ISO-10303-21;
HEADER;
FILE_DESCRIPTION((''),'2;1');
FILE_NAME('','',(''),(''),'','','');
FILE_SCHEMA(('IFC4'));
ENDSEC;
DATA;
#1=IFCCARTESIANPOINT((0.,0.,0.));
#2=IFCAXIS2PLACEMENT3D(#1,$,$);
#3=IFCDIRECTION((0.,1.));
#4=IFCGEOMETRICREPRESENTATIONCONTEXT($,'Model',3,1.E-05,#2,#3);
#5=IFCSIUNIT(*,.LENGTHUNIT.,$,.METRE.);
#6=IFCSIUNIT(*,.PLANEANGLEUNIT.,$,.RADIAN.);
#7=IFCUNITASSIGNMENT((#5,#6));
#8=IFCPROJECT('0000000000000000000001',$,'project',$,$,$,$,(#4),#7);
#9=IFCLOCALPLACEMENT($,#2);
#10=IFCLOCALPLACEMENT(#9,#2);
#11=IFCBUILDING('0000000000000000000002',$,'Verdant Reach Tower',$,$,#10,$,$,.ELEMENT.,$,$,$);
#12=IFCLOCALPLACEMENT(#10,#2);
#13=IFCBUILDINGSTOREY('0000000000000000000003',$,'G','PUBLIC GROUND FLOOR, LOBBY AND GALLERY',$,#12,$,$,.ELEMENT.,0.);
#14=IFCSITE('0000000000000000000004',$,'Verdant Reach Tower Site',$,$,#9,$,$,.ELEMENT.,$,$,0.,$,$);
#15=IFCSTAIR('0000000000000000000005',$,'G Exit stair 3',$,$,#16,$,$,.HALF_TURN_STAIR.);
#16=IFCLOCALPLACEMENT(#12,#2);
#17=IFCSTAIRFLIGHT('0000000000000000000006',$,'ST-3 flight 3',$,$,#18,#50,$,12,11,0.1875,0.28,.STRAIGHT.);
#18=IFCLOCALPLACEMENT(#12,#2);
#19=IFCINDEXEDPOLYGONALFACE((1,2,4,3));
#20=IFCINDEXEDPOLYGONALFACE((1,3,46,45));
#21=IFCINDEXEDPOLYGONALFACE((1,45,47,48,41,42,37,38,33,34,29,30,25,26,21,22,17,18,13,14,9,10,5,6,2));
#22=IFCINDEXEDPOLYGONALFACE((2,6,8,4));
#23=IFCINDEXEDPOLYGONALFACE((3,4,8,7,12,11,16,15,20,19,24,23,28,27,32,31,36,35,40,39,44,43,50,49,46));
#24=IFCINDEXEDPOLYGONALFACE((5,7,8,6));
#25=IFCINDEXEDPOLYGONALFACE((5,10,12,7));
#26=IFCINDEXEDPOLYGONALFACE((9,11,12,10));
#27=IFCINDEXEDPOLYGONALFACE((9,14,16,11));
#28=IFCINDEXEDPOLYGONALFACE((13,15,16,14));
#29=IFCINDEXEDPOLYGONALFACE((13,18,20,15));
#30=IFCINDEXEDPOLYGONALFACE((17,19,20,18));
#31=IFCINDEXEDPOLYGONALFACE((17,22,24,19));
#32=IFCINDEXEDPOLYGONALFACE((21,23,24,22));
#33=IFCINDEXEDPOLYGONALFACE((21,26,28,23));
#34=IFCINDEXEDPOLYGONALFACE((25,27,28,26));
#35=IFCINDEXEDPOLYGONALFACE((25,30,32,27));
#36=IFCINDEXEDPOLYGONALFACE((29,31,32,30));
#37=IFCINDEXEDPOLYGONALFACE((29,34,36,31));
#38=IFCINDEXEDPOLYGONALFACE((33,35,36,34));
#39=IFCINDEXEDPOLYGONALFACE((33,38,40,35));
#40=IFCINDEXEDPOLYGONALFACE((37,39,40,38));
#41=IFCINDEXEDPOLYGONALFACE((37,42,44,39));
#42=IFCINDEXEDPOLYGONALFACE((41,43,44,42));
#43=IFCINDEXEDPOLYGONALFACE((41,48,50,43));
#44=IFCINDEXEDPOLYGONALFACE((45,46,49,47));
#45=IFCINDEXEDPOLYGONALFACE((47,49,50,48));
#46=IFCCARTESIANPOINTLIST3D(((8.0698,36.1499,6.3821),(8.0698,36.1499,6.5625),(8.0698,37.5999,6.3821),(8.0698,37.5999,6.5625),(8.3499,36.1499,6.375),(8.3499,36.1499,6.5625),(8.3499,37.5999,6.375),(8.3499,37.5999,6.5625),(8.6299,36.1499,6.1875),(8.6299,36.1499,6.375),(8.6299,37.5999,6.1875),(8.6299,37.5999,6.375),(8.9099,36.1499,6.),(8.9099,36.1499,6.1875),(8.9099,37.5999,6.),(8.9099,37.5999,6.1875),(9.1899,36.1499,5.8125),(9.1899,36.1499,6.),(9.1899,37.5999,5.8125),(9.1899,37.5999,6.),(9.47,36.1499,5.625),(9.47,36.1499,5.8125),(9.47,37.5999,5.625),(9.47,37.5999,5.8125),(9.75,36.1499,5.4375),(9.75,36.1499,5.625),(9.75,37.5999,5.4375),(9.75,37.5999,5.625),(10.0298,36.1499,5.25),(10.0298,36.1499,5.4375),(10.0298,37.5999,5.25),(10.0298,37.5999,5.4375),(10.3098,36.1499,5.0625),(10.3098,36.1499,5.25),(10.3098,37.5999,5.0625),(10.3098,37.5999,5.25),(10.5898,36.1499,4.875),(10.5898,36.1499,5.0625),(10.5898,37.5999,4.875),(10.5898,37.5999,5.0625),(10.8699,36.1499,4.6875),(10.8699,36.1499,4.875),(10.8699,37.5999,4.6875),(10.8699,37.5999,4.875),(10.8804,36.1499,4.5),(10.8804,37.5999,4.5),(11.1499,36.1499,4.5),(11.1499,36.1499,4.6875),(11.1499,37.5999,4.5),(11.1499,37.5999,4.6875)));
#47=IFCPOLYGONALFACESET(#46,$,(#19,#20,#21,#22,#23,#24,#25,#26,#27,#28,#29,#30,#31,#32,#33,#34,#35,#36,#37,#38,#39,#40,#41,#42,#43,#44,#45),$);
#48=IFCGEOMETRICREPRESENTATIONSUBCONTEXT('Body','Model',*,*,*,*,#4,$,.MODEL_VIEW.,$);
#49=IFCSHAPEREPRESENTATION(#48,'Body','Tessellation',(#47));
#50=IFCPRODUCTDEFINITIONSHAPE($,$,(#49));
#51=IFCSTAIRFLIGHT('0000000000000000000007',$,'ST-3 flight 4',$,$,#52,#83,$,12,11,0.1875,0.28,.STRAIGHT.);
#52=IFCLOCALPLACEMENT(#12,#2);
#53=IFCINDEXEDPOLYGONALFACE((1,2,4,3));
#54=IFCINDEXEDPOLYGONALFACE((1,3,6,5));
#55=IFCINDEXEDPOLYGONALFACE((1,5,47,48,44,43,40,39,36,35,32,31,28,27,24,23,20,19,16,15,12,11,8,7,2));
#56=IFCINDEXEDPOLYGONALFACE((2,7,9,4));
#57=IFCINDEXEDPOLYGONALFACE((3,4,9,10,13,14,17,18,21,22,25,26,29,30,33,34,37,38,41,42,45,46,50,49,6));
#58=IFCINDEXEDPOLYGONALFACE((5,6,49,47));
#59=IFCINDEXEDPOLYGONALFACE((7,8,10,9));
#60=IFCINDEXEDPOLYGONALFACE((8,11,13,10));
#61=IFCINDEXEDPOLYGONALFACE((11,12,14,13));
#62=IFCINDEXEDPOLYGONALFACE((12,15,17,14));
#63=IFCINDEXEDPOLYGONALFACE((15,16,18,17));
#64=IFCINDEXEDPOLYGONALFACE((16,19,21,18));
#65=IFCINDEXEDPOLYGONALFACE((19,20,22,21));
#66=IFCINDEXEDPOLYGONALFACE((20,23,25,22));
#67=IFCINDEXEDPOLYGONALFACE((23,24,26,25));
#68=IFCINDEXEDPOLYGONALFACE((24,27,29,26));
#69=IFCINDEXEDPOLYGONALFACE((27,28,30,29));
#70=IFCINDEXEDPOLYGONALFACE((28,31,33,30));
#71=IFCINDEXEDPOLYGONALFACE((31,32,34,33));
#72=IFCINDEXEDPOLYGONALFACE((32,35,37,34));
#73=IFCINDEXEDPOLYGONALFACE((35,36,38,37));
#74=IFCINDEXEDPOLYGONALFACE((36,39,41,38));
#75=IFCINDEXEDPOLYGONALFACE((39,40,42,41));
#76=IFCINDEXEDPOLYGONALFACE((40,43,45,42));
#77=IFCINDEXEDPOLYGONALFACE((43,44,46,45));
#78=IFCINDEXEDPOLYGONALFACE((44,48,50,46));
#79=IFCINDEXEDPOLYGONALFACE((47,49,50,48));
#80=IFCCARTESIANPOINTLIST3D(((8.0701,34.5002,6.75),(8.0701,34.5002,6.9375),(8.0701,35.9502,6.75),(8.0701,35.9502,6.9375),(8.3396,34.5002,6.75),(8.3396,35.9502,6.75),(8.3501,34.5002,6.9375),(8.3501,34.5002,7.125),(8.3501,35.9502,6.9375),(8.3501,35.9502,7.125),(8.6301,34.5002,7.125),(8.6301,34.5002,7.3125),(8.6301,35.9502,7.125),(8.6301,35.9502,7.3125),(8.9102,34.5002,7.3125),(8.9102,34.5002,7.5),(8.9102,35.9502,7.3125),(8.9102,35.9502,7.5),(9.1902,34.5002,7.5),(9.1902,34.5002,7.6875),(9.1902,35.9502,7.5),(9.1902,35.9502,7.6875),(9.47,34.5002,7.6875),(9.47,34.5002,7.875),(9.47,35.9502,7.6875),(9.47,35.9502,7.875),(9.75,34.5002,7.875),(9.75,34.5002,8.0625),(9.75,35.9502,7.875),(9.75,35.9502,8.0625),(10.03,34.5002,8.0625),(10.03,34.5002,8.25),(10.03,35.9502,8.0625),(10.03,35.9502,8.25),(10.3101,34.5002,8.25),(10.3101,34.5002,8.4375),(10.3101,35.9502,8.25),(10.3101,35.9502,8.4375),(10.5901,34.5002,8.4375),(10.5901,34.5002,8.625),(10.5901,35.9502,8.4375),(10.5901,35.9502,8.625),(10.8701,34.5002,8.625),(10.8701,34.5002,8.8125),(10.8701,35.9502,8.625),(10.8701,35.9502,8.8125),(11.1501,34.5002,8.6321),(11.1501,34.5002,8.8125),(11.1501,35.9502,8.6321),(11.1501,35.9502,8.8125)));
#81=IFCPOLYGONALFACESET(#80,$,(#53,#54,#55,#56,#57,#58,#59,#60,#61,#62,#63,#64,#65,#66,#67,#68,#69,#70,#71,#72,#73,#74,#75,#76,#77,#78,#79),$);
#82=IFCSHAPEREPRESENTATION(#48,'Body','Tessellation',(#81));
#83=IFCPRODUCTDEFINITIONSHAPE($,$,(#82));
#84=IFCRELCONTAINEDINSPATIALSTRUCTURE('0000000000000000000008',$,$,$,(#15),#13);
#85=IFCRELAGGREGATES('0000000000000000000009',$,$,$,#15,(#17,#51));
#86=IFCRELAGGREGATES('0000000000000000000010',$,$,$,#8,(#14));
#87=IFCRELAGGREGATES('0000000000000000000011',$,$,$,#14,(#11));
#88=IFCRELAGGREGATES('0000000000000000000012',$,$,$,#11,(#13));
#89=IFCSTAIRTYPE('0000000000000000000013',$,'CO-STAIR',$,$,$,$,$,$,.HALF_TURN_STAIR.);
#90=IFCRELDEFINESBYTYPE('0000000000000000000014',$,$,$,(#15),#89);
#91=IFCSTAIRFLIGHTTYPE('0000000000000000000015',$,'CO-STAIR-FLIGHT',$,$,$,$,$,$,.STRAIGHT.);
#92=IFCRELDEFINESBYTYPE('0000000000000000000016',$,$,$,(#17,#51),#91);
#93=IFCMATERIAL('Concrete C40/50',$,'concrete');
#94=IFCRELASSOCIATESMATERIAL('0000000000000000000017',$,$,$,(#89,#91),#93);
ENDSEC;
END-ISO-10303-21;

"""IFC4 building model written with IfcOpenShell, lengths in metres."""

from ifc_helpers import new_model, si_unit, direction, frame, origin, place, context, subcontext, project, spatial, polyline, outline, extrude, material, type_object, element, aggregate, save


model = new_model("IFC4")

# Units and contexts
model_context = context("Model", 3, precision=1e-05, world=origin(), true_north=direction((0.0, 1.0)))
body_context = subcontext(model_context, "Body", "Model", "MODEL_VIEW")
ifc_project = project(units=[si_unit("LENGTHUNIT", "METRE"), si_unit("PLANEANGLEUNIT", "RADIAN")], contexts=[model_context])

# Site, building, storey
site_placement = place(None, origin())
site = spatial("IfcSite", under=ifc_project, at=site_placement, Name="Verdant Reach Tower Site", CompositionType="ELEMENT", RefElevation=0.0)
building_placement = place(site_placement, origin())
building = spatial("IfcBuilding", under=site, at=building_placement, Name="Verdant Reach Tower", CompositionType="ELEMENT")
storey_placement = place(building_placement, origin())
storey = spatial("IfcBuildingStorey", under=building, at=storey_placement, Name="G", Description="PUBLIC GROUND FLOOR, LOBBY AND GALLERY", CompositionType="ELEMENT", Elevation=0.0)

# Shared definitions
ifc_material_1 = material(Name="Concrete C40/50", Category="concrete")

# Stair, stair flights
stair_type = type_object("IfcStairType", Name="CO-STAIR", PredefinedType="HALF_TURN_STAIR", material=ifc_material_1)
stair_flight_type = type_object("IfcStairFlightType", Name="CO-STAIR-FLIGHT", PredefinedType="STRAIGHT", material=ifc_material_1)
stair_1_placement = place(storey_placement, origin())
stair_1 = element("IfcStair", 1, at=stair_1_placement, inside=storey, type_object=stair_type, Name="G Exit stair 3", PredefinedType="HALF_TURN_STAIR")
stair_flight_1_placement = place(storey_placement, frame((11.1499, 36.875, 4.5), z_axis=(0.0, 0.0, 1.0), x_axis=(-1.0, 0.0, 0.0)))
stair_flight_1 = element("IfcStairFlight", 2, at=stair_flight_1_placement, type_object=stair_flight_type, Name="ST-3 flight 3", NumberOfRisers=12, NumberOfTreads=11, PredefinedType="STRAIGHT", RiserHeight=0.1875, TreadLength=0.28, context=body_context, shape_type="SweptSolid", body=[
    extrude(outline(polyline([(0.0, 0.0), (0.0, 0.1875), (0.28, 0.1875), (0.28, 0.375), (0.5601, 0.375), (0.5601, 0.5625), (0.8401, 0.5625), (0.8401, 0.75), (1.1201, 0.75), (1.1201, 0.9375), (1.3999, 0.9375), (1.3999, 1.125), (1.6799, 1.125), (1.6799, 1.3125), (1.96, 1.3125), (1.96, 1.5), (2.24, 1.5), (2.24, 1.6875), (2.52, 1.6875), (2.52, 1.875), (2.8, 1.875), (2.8, 2.0625), (3.0801, 2.0625), (3.0801, 2.25), (3.0801, 1.8821), (0.2695, 0.0), (0.0, 0.0)])), frame((0.0, 0.7251, 0.0), z_axis=(0.0, -1.0, 0.0), x_axis=(1.0, 0.0, 0.0)), (0.0, 0.0, 1.0), 1.45),
])
stair_flight_2_placement = place(storey_placement, frame((8.0701, 35.2251, 6.75), z_axis=(0.0, 0.0, 1.0), x_axis=(1.0, 0.0, 0.0)))
stair_flight_2 = element("IfcStairFlight", 3, at=stair_flight_2_placement, type_object=stair_flight_type, Name="ST-3 flight 4", NumberOfRisers=12, NumberOfTreads=11, PredefinedType="STRAIGHT", RiserHeight=0.1875, TreadLength=0.28, context=body_context, shape_type="SweptSolid", body=[
    extrude(outline(polyline([(0.0, 0.0), (0.0, 0.1875), (0.28, 0.1875), (0.28, 0.375), (0.5601, 0.375), (0.5601, 0.5625), (0.8401, 0.5625), (0.8401, 0.75), (1.1201, 0.75), (1.1201, 0.9375), (1.3999, 0.9375), (1.3999, 1.125), (1.6799, 1.125), (1.6799, 1.3125), (1.96, 1.3125), (1.96, 1.5), (2.24, 1.5), (2.24, 1.6875), (2.52, 1.6875), (2.52, 1.875), (2.8, 1.875), (2.8, 2.0625), (3.0801, 2.0625), (3.0801, 2.25), (3.0801, 1.8821), (0.2695, 0.0), (0.0, 0.0)])), frame((0.0, 0.7251, 0.0), z_axis=(0.0, -1.0, 0.0), x_axis=(1.0, 0.0, 0.0)), (0.0, 0.0, 1.0), 1.45),
])
aggregate(stair_1, [stair_flight_1, stair_flight_2])

save(model, "model.ifc")
